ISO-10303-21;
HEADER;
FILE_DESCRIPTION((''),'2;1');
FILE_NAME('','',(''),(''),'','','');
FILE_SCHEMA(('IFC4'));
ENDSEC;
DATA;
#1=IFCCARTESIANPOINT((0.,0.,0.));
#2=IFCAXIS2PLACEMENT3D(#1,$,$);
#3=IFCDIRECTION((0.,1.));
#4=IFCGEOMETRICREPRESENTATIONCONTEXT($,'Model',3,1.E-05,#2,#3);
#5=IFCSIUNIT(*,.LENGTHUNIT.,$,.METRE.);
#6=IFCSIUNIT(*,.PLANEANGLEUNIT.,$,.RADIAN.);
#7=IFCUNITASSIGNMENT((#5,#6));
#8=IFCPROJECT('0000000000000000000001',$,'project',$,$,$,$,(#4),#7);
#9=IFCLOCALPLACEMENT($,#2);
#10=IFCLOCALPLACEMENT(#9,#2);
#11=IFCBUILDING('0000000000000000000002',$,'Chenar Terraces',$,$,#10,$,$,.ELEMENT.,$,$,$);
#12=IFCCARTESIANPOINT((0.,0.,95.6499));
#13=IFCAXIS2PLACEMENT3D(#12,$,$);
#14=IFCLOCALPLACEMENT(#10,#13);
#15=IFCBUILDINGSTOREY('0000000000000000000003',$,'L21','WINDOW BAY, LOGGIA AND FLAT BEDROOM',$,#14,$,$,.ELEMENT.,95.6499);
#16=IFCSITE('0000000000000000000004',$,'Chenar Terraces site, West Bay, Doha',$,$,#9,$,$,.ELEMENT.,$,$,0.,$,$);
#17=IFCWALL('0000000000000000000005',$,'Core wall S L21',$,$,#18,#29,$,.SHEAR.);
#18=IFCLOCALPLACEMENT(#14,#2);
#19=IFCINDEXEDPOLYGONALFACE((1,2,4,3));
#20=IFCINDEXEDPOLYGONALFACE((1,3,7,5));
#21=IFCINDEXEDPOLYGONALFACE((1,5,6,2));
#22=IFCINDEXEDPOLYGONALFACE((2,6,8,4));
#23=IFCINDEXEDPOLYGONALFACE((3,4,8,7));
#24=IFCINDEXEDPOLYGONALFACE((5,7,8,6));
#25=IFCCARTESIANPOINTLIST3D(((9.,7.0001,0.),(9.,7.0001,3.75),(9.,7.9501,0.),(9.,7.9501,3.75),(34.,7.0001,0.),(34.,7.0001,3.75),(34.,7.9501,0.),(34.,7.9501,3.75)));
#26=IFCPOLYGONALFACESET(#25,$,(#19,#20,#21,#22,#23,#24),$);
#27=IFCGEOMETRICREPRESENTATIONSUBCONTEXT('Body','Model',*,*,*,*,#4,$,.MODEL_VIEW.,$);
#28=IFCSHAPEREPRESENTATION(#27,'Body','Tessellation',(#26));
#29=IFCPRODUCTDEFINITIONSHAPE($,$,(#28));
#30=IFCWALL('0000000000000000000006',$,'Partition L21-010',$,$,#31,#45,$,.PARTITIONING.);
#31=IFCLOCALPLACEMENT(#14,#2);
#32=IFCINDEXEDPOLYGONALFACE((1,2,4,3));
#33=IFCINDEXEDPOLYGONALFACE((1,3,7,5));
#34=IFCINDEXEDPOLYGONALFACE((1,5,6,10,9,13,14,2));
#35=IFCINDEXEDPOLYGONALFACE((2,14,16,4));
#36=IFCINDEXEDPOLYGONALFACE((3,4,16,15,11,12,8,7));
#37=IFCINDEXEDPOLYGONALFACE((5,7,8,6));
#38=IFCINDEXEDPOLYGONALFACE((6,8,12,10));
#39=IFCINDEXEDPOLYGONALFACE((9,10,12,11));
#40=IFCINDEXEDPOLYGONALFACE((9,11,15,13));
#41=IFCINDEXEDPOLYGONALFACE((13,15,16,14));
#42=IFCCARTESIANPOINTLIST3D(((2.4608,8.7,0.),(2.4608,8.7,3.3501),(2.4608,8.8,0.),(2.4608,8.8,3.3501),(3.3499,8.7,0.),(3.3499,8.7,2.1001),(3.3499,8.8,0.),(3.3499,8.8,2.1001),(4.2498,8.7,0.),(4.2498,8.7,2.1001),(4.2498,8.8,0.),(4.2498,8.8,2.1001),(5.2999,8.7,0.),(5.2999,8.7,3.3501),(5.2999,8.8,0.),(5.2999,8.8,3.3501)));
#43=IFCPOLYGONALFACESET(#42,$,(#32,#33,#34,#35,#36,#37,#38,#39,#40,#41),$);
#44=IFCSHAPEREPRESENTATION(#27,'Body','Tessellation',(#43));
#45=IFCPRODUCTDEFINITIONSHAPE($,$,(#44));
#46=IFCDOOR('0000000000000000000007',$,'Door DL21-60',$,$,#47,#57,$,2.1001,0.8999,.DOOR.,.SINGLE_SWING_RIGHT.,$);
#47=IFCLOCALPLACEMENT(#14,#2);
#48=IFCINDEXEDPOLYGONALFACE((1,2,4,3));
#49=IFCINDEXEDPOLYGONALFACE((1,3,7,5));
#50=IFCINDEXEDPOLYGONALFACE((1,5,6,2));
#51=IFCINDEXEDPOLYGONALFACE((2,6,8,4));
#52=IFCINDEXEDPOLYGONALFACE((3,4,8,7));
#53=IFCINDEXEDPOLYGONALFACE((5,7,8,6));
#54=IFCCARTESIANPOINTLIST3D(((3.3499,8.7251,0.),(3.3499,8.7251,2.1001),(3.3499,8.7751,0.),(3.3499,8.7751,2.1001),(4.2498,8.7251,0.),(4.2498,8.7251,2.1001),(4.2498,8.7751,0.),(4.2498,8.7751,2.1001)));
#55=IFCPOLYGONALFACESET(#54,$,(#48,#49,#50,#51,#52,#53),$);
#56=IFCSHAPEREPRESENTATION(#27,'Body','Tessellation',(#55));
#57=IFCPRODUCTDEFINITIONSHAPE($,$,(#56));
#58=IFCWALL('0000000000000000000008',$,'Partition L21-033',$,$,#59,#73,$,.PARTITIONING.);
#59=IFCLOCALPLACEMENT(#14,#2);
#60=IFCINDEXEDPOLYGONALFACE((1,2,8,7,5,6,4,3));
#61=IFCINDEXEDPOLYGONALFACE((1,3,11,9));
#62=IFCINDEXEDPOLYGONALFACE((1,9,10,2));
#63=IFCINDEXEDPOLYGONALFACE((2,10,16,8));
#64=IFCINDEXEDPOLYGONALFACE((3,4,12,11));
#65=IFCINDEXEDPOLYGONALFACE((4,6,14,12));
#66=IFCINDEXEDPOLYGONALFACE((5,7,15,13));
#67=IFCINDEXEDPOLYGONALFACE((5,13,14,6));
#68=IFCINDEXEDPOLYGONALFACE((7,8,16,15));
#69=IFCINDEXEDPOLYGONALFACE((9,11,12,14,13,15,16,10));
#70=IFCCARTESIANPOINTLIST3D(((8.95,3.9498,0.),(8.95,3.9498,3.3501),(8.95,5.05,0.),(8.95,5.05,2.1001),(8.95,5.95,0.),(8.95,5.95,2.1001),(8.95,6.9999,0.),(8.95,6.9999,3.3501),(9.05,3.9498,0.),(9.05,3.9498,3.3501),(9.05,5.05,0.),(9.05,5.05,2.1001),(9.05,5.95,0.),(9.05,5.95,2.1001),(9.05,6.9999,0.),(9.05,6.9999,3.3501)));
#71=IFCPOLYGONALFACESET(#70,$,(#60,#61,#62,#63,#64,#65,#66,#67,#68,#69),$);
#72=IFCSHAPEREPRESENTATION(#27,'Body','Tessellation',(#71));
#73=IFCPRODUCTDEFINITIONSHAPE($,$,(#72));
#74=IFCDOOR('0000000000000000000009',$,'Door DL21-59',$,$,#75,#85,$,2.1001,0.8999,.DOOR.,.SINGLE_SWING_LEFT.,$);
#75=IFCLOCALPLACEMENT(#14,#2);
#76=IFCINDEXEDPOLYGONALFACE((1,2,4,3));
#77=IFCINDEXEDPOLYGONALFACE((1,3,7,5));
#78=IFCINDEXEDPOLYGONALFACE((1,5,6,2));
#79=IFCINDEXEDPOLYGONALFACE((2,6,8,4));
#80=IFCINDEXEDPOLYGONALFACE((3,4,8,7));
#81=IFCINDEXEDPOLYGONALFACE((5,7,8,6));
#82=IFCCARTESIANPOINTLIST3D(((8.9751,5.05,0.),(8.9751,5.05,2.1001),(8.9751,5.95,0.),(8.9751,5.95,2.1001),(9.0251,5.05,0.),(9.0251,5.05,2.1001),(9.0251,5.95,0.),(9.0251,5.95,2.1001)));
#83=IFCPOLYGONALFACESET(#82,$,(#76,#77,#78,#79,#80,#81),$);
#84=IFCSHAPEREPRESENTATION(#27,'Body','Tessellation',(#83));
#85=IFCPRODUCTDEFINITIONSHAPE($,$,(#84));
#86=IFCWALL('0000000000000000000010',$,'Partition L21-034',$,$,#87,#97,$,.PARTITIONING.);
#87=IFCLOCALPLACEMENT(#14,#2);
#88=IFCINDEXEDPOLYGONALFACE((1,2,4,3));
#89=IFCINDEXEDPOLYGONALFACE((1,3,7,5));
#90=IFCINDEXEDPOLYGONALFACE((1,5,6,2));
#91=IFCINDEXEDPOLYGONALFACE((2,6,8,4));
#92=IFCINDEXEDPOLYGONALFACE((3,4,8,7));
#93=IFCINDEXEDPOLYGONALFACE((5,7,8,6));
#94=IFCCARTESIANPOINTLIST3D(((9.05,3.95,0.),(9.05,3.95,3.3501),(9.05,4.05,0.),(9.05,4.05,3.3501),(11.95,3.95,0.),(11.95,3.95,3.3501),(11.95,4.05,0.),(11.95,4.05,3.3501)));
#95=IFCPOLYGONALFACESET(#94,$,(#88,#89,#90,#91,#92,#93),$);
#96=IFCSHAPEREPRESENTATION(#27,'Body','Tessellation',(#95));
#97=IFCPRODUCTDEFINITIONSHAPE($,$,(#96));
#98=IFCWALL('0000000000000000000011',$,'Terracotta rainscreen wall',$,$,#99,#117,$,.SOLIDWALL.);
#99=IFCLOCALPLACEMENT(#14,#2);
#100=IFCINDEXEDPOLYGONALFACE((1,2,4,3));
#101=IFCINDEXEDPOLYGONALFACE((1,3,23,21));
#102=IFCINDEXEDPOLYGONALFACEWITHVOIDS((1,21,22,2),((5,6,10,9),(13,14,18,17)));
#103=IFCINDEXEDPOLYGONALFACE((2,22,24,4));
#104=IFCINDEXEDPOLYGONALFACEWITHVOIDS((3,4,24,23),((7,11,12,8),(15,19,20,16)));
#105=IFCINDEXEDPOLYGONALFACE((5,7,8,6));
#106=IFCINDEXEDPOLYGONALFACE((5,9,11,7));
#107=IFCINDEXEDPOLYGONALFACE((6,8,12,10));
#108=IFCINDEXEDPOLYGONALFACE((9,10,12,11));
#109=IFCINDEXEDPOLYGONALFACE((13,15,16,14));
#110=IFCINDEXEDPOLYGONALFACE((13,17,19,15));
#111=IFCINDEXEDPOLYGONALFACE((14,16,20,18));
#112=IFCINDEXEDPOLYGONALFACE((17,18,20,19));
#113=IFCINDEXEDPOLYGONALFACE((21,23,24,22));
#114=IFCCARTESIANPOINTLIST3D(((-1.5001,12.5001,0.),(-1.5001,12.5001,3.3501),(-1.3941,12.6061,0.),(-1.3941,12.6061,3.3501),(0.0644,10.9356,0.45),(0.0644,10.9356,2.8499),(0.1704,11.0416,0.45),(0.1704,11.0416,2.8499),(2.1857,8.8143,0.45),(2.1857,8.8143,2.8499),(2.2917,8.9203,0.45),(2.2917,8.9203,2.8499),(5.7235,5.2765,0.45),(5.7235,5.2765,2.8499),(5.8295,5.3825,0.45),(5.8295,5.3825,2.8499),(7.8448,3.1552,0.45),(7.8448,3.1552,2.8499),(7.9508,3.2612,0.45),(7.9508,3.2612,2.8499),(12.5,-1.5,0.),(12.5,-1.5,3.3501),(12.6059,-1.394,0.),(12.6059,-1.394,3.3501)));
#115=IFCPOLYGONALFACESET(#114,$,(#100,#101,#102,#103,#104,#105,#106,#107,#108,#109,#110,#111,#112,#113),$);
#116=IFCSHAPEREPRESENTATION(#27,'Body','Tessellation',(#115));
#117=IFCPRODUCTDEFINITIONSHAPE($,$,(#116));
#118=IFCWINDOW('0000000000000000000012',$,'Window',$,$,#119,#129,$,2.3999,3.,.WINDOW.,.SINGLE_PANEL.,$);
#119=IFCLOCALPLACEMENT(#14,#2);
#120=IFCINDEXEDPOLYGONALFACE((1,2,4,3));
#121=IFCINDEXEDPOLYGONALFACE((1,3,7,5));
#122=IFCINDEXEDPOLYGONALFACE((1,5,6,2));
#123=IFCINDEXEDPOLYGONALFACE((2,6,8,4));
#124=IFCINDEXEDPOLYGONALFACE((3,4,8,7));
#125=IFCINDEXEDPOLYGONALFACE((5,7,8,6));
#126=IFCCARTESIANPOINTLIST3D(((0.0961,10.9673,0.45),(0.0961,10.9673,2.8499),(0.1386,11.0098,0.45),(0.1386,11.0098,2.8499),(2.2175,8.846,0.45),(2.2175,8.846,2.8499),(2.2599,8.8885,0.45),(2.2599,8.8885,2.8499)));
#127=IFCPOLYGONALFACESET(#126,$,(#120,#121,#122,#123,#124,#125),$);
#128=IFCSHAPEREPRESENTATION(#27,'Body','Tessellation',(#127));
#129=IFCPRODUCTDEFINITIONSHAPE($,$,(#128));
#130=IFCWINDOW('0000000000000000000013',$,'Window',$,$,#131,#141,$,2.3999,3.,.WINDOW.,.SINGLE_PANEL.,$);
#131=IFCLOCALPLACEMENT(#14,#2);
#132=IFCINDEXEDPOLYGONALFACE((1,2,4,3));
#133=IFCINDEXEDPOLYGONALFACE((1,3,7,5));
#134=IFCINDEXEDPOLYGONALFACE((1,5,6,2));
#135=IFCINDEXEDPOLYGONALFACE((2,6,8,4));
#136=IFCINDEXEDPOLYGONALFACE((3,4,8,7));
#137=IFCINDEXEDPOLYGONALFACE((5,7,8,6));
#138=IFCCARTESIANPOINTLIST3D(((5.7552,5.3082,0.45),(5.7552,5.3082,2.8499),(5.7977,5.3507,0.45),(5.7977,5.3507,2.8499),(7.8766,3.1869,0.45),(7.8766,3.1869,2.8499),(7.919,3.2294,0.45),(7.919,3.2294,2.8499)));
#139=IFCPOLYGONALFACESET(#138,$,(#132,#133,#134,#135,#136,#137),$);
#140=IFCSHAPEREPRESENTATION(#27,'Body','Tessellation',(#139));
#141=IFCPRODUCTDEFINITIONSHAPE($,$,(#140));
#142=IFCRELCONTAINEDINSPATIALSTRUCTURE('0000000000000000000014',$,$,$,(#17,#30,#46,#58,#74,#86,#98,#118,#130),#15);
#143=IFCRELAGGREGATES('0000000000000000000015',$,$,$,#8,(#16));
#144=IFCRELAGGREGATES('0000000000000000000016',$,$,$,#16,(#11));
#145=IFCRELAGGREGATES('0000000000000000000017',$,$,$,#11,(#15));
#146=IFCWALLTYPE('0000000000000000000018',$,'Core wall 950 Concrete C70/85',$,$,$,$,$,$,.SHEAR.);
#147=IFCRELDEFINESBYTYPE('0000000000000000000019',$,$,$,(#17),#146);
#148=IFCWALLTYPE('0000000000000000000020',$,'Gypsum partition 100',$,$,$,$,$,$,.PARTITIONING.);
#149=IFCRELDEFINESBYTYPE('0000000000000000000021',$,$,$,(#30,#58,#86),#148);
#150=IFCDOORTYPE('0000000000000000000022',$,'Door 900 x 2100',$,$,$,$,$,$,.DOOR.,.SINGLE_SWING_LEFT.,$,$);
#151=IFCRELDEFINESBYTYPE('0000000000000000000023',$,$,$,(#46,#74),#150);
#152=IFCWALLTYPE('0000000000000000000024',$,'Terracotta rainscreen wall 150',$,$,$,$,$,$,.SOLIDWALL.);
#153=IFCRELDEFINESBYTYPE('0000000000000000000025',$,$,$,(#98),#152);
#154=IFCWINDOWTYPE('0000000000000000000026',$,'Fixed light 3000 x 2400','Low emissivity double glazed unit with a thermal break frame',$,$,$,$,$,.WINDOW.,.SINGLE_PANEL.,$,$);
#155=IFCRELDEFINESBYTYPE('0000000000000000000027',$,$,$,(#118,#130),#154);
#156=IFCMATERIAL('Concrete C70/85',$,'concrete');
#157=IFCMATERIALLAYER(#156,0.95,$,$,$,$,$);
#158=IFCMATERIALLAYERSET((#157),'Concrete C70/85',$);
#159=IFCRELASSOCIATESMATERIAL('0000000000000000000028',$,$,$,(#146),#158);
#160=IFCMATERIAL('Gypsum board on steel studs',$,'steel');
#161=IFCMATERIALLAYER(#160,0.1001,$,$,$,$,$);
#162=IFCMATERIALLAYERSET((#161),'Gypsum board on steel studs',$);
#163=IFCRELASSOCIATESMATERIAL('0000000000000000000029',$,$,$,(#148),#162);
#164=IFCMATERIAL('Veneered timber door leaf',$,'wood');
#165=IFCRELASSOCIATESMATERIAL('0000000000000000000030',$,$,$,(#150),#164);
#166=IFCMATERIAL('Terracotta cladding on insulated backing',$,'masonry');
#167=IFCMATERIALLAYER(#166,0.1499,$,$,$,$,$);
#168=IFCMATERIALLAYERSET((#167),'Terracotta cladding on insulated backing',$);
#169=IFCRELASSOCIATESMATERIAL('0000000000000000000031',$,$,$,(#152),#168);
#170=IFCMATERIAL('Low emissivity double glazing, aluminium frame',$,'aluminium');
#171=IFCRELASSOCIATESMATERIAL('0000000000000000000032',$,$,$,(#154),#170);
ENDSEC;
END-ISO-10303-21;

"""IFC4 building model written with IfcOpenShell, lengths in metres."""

from ifc_helpers import new_model, si_unit, direction, frame, frame_2d, origin, place, context, subcontext, project, spatial, rectangle, extrude, material, layer, layer_set, type_object, element, fill, save


model = new_model("IFC4")

# Units and contexts
model_context = context("Model", 3, precision=1e-05, world=origin(), true_north=direction((0.0, 1.0)))
body_context = subcontext(model_context, "Body", "Model", "MODEL_VIEW")
ifc_project = project(units=[si_unit("LENGTHUNIT", "METRE"), si_unit("PLANEANGLEUNIT", "RADIAN")], contexts=[model_context])

# Site, building, storey
site_placement = place(None, origin())
site = spatial("IfcSite", under=ifc_project, at=site_placement, Name="Chenar Terraces site, West Bay, Doha", CompositionType="ELEMENT", RefElevation=0.0)
building_placement = place(site_placement, origin())
building = spatial("IfcBuilding", under=site, at=building_placement, Name="Chenar Terraces", CompositionType="ELEMENT")
storey_placement = place(building_placement, frame((0.0, 0.0, 95.6499)))
storey = spatial("IfcBuildingStorey", under=building, at=storey_placement, Name="L21", Description="WINDOW BAY, LOGGIA AND FLAT BEDROOM", CompositionType="ELEMENT", Elevation=95.6499)

# Wall
ifc_material_1 = material(Name="Concrete C70/85", Category="concrete")
ifc_layer_1 = layer(ifc_material_1, 0.95)
ifc_layer_set_1 = layer_set([ifc_layer_1], Name="Concrete C70/85")
wall_type_1 = type_object("IfcWallType", Name="Core wall 950 Concrete C70/85", PredefinedType="SHEAR", material=ifc_layer_set_1)
wall_1_placement = place(storey_placement, frame((9.0, 7.4751, 0.0), z_axis=(0.0, 0.0, 1.0), x_axis=(1.0, 0.0, 0.0)))
element("IfcWall", 1, at=wall_1_placement, inside=storey, type_object=wall_type_1, Name="Core wall S L21", PredefinedType="SHEAR", context=body_context, shape_type="SweptSolid", body=[
    extrude(rectangle(XDim=25.0, YDim=0.95, at=frame_2d((12.5, 0.0))), origin(), (0.0, 0.0, 1.0), 3.75),
])

# Walls, openings, doors
ifc_material_2 = material(Name="Gypsum board on steel studs", Category="steel")
ifc_layer_2 = layer(ifc_material_2, 0.1001)
ifc_layer_set_2 = layer_set([ifc_layer_2], Name="Gypsum board on steel studs")
wall_type_2 = type_object("IfcWallType", Name="Gypsum partition 100", PredefinedType="PARTITIONING", material=ifc_layer_set_2)
wall_2_placement = place(storey_placement, frame((2.4609, 8.75, 0.0), z_axis=(0.0, 0.0, 1.0), x_axis=(1.0, 0.0, 0.0)))
wall_2 = element("IfcWall", 2, at=wall_2_placement, inside=storey, type_object=wall_type_2, Name="Partition L21-010", PredefinedType="PARTITIONING", context=body_context, shape_type="SweptSolid", body=[
    extrude(rectangle(XDim=2.8391, YDim=0.1001, at=frame_2d((1.4194, 0.0))), origin(), (0.0, 0.0, 1.0), 3.3501),
])
opening_1_placement = place(wall_2_placement, frame((0.8889, 0.0, 0.0)))
opening_1 = element("IfcOpeningElement", 3, at=opening_1_placement, cuts=wall_2, PredefinedType="OPENING", context=body_context, shape_type="SweptSolid", body=[
    extrude(rectangle(XDim=0.8999, YDim=2.1001, at=frame_2d((0.45, 1.05))), frame((0.0, 0.0601, 0.0), z_axis=(0.0, -1.0, 0.0), x_axis=(1.0, 0.0, 0.0)), (0.0, 0.0, 1.0), 0.1201),
])
ifc_material_3 = material(Name="Veneered timber door leaf", Category="wood")
door_type_1 = type_object("IfcDoorType", Name="Door 900 x 2100", OperationType="SINGLE_SWING_LEFT", PredefinedType="DOOR", material=ifc_material_3)
door_1_placement = place(opening_1_placement, frame((0.8999, 0.0, 0.0), z_axis=(0.0, 0.0, 1.0), x_axis=(-1.0, 0.0, 0.0)))
door_1 = element("IfcDoor", 4, at=door_1_placement, inside=storey, type_object=door_type_1, Name="Door DL21-60", OperationType="SINGLE_SWING_RIGHT", OverallHeight=2.1001, OverallWidth=0.8999, PredefinedType="DOOR", context=body_context, shape_type="SweptSolid", body=[
    extrude(rectangle(XDim=0.8999, YDim=2.1001, at=frame_2d((0.45, 1.05))), frame((0.0, 0.0249, 0.0), z_axis=(0.0, -1.0, 0.0), x_axis=(1.0, 0.0, 0.0)), (0.0, 0.0, 1.0), 0.05),
])
fill(opening_1, door_1)
wall_3_placement = place(storey_placement, frame((9.0, 3.95, 0.0), z_axis=(0.0, 0.0, 1.0), x_axis=(0.0, 1.0, 0.0)))
wall_3 = element("IfcWall", 5, at=wall_3_placement, inside=storey, type_object=wall_type_2, Name="Partition L21-033", PredefinedType="PARTITIONING", context=body_context, shape_type="SweptSolid", body=[
    extrude(rectangle(XDim=3.05, YDim=0.1001, at=frame_2d((1.5249, 0.0))), origin(), (0.0, 0.0, 1.0), 3.3501),
])
opening_2_placement = place(wall_3_placement, frame((1.1001, 0.0, 0.0)))
opening_2 = element("IfcOpeningElement", 6, at=opening_2_placement, cuts=wall_3, PredefinedType="OPENING", context=body_context, shape_type="SweptSolid", body=[
    extrude(rectangle(XDim=0.8999, YDim=2.1001, at=frame_2d((0.45, 1.05))), frame((0.0, 0.0601, 0.0), z_axis=(0.0, -1.0, 0.0), x_axis=(1.0, 0.0, 0.0)), (0.0, 0.0, 1.0), 0.1201),
])
door_2_placement = place(opening_2_placement, origin())
door_2 = element("IfcDoor", 7, at=door_2_placement, inside=storey, type_object=door_type_1, Name="Door DL21-59", OperationType="SINGLE_SWING_LEFT", OverallHeight=2.1001, OverallWidth=0.8999, PredefinedType="DOOR", context=body_context, shape_type="SweptSolid", body=[
    extrude(rectangle(XDim=0.8999, YDim=2.1001, at=frame_2d((0.45, 1.05))), frame((0.0, 0.0249, 0.0), z_axis=(0.0, -1.0, 0.0), x_axis=(1.0, 0.0, 0.0)), (0.0, 0.0, 1.0), 0.05),
])
fill(opening_2, door_2)

# Wall
wall_4_placement = place(storey_placement, frame((9.05, 4.0, 0.0), z_axis=(0.0, 0.0, 1.0), x_axis=(1.0, 0.0, 0.0)))
element("IfcWall", 8, at=wall_4_placement, inside=storey, type_object=wall_type_2, Name="Partition L21-034", PredefinedType="PARTITIONING", context=body_context, shape_type="SweptSolid", body=[
    extrude(rectangle(XDim=2.8999, YDim=0.1001, at=frame_2d((1.45, 0.0))), origin(), (0.0, 0.0, 1.0), 3.3501),
])

# Wall, openings, windows
ifc_material_4 = material(Name="Terracotta cladding on insulated backing", Category="masonry")
ifc_layer_3 = layer(ifc_material_4, 0.1499)
ifc_layer_set_3 = layer_set([ifc_layer_3], Name="Terracotta cladding on insulated backing")
wall_type_3 = type_object("IfcWallType", Name="Terracotta rainscreen wall 150", PredefinedType="SOLIDWALL", material=ifc_layer_set_3)
wall_5_placement = place(storey_placement, frame((-1.447, 12.553, 0.0), z_axis=(0.0, 0.0, 1.0), x_axis=(0.707107, -0.707107, 0.0)))
wall_5 = element("IfcWall", 9, at=wall_5_placement, inside=storey, type_object=wall_type_3, Name="Terracotta rainscreen wall", PredefinedType="SOLIDWALL", context=body_context, shape_type="SweptSolid", body=[
    extrude(rectangle(XDim=19.7991, YDim=0.1499, at=frame_2d((9.8994, 0.0))), origin(), (0.0, 0.0, 1.0), 3.3501),
])
opening_3_placement = place(wall_5_placement, frame((2.2124, 0.0, 0.45)))
opening_3 = element("IfcOpeningElement", 10, at=opening_3_placement, cuts=wall_5, PredefinedType="OPENING", context=body_context, shape_type="SweptSolid", body=[
    extrude(rectangle(XDim=3.0, YDim=2.3999, at=frame_2d((1.5, 1.2))), frame((0.0, 0.085, 0.0), z_axis=(0.0, -1.0, 0.0), x_axis=(1.0, 0.0, 0.0)), (0.0, 0.0, 1.0), 0.1699),
])
opening_4_placement = place(wall_5_placement, frame((10.2156, 0.0, 0.45)))
opening_4 = element("IfcOpeningElement", 11, at=opening_4_placement, cuts=wall_5, PredefinedType="OPENING", context=body_context, shape_type="SweptSolid", body=[
    extrude(rectangle(XDim=3.0, YDim=2.3999, at=frame_2d((1.5, 1.2))), frame((0.0, 0.085, 0.0), z_axis=(0.0, -1.0, 0.0), x_axis=(1.0, 0.0, 0.0)), (0.0, 0.0, 1.0), 0.1699),
])
ifc_material_5 = material(Name="Low emissivity double glazing, aluminium frame", Category="aluminium")
window_type = type_object("IfcWindowType", Name="Fixed light 3000 x 2400", Description="Low emissivity double glazed unit with a thermal break frame", PartitioningType="SINGLE_PANEL", PredefinedType="WINDOW", material=ifc_material_5)
window_1_placement = place(opening_3_placement, origin())
window_1 = element("IfcWindow", 12, at=window_1_placement, inside=storey, type_object=window_type, Name="Window", OverallHeight=2.3999, OverallWidth=3.0, PartitioningType="SINGLE_PANEL", PredefinedType="WINDOW", context=body_context, shape_type="SweptSolid", body=[
    extrude(rectangle(XDim=3.0, YDim=2.3999, at=frame_2d((1.5, 1.2))), frame((0.0, 0.03, 0.0), z_axis=(0.0, -1.0, 0.0), x_axis=(1.0, 0.0, 0.0)), (0.0, 0.0, 1.0), 0.0601),
])
fill(opening_3, window_1)
window_2_placement = place(opening_4_placement, origin())
window_2 = element("IfcWindow", 13, at=window_2_placement, inside=storey, type_object=window_type, Name="Window", OverallHeight=2.3999, OverallWidth=3.0, PartitioningType="SINGLE_PANEL", PredefinedType="WINDOW", context=body_context, shape_type="SweptSolid", body=[
    extrude(rectangle(XDim=3.0, YDim=2.3999, at=frame_2d((1.5, 1.2))), frame((0.0, 0.03, 0.0), z_axis=(0.0, -1.0, 0.0), x_axis=(1.0, 0.0, 0.0)), (0.0, 0.0, 1.0), 0.0601),
])
fill(opening_4, window_2)

save(model, "model.ifc")
